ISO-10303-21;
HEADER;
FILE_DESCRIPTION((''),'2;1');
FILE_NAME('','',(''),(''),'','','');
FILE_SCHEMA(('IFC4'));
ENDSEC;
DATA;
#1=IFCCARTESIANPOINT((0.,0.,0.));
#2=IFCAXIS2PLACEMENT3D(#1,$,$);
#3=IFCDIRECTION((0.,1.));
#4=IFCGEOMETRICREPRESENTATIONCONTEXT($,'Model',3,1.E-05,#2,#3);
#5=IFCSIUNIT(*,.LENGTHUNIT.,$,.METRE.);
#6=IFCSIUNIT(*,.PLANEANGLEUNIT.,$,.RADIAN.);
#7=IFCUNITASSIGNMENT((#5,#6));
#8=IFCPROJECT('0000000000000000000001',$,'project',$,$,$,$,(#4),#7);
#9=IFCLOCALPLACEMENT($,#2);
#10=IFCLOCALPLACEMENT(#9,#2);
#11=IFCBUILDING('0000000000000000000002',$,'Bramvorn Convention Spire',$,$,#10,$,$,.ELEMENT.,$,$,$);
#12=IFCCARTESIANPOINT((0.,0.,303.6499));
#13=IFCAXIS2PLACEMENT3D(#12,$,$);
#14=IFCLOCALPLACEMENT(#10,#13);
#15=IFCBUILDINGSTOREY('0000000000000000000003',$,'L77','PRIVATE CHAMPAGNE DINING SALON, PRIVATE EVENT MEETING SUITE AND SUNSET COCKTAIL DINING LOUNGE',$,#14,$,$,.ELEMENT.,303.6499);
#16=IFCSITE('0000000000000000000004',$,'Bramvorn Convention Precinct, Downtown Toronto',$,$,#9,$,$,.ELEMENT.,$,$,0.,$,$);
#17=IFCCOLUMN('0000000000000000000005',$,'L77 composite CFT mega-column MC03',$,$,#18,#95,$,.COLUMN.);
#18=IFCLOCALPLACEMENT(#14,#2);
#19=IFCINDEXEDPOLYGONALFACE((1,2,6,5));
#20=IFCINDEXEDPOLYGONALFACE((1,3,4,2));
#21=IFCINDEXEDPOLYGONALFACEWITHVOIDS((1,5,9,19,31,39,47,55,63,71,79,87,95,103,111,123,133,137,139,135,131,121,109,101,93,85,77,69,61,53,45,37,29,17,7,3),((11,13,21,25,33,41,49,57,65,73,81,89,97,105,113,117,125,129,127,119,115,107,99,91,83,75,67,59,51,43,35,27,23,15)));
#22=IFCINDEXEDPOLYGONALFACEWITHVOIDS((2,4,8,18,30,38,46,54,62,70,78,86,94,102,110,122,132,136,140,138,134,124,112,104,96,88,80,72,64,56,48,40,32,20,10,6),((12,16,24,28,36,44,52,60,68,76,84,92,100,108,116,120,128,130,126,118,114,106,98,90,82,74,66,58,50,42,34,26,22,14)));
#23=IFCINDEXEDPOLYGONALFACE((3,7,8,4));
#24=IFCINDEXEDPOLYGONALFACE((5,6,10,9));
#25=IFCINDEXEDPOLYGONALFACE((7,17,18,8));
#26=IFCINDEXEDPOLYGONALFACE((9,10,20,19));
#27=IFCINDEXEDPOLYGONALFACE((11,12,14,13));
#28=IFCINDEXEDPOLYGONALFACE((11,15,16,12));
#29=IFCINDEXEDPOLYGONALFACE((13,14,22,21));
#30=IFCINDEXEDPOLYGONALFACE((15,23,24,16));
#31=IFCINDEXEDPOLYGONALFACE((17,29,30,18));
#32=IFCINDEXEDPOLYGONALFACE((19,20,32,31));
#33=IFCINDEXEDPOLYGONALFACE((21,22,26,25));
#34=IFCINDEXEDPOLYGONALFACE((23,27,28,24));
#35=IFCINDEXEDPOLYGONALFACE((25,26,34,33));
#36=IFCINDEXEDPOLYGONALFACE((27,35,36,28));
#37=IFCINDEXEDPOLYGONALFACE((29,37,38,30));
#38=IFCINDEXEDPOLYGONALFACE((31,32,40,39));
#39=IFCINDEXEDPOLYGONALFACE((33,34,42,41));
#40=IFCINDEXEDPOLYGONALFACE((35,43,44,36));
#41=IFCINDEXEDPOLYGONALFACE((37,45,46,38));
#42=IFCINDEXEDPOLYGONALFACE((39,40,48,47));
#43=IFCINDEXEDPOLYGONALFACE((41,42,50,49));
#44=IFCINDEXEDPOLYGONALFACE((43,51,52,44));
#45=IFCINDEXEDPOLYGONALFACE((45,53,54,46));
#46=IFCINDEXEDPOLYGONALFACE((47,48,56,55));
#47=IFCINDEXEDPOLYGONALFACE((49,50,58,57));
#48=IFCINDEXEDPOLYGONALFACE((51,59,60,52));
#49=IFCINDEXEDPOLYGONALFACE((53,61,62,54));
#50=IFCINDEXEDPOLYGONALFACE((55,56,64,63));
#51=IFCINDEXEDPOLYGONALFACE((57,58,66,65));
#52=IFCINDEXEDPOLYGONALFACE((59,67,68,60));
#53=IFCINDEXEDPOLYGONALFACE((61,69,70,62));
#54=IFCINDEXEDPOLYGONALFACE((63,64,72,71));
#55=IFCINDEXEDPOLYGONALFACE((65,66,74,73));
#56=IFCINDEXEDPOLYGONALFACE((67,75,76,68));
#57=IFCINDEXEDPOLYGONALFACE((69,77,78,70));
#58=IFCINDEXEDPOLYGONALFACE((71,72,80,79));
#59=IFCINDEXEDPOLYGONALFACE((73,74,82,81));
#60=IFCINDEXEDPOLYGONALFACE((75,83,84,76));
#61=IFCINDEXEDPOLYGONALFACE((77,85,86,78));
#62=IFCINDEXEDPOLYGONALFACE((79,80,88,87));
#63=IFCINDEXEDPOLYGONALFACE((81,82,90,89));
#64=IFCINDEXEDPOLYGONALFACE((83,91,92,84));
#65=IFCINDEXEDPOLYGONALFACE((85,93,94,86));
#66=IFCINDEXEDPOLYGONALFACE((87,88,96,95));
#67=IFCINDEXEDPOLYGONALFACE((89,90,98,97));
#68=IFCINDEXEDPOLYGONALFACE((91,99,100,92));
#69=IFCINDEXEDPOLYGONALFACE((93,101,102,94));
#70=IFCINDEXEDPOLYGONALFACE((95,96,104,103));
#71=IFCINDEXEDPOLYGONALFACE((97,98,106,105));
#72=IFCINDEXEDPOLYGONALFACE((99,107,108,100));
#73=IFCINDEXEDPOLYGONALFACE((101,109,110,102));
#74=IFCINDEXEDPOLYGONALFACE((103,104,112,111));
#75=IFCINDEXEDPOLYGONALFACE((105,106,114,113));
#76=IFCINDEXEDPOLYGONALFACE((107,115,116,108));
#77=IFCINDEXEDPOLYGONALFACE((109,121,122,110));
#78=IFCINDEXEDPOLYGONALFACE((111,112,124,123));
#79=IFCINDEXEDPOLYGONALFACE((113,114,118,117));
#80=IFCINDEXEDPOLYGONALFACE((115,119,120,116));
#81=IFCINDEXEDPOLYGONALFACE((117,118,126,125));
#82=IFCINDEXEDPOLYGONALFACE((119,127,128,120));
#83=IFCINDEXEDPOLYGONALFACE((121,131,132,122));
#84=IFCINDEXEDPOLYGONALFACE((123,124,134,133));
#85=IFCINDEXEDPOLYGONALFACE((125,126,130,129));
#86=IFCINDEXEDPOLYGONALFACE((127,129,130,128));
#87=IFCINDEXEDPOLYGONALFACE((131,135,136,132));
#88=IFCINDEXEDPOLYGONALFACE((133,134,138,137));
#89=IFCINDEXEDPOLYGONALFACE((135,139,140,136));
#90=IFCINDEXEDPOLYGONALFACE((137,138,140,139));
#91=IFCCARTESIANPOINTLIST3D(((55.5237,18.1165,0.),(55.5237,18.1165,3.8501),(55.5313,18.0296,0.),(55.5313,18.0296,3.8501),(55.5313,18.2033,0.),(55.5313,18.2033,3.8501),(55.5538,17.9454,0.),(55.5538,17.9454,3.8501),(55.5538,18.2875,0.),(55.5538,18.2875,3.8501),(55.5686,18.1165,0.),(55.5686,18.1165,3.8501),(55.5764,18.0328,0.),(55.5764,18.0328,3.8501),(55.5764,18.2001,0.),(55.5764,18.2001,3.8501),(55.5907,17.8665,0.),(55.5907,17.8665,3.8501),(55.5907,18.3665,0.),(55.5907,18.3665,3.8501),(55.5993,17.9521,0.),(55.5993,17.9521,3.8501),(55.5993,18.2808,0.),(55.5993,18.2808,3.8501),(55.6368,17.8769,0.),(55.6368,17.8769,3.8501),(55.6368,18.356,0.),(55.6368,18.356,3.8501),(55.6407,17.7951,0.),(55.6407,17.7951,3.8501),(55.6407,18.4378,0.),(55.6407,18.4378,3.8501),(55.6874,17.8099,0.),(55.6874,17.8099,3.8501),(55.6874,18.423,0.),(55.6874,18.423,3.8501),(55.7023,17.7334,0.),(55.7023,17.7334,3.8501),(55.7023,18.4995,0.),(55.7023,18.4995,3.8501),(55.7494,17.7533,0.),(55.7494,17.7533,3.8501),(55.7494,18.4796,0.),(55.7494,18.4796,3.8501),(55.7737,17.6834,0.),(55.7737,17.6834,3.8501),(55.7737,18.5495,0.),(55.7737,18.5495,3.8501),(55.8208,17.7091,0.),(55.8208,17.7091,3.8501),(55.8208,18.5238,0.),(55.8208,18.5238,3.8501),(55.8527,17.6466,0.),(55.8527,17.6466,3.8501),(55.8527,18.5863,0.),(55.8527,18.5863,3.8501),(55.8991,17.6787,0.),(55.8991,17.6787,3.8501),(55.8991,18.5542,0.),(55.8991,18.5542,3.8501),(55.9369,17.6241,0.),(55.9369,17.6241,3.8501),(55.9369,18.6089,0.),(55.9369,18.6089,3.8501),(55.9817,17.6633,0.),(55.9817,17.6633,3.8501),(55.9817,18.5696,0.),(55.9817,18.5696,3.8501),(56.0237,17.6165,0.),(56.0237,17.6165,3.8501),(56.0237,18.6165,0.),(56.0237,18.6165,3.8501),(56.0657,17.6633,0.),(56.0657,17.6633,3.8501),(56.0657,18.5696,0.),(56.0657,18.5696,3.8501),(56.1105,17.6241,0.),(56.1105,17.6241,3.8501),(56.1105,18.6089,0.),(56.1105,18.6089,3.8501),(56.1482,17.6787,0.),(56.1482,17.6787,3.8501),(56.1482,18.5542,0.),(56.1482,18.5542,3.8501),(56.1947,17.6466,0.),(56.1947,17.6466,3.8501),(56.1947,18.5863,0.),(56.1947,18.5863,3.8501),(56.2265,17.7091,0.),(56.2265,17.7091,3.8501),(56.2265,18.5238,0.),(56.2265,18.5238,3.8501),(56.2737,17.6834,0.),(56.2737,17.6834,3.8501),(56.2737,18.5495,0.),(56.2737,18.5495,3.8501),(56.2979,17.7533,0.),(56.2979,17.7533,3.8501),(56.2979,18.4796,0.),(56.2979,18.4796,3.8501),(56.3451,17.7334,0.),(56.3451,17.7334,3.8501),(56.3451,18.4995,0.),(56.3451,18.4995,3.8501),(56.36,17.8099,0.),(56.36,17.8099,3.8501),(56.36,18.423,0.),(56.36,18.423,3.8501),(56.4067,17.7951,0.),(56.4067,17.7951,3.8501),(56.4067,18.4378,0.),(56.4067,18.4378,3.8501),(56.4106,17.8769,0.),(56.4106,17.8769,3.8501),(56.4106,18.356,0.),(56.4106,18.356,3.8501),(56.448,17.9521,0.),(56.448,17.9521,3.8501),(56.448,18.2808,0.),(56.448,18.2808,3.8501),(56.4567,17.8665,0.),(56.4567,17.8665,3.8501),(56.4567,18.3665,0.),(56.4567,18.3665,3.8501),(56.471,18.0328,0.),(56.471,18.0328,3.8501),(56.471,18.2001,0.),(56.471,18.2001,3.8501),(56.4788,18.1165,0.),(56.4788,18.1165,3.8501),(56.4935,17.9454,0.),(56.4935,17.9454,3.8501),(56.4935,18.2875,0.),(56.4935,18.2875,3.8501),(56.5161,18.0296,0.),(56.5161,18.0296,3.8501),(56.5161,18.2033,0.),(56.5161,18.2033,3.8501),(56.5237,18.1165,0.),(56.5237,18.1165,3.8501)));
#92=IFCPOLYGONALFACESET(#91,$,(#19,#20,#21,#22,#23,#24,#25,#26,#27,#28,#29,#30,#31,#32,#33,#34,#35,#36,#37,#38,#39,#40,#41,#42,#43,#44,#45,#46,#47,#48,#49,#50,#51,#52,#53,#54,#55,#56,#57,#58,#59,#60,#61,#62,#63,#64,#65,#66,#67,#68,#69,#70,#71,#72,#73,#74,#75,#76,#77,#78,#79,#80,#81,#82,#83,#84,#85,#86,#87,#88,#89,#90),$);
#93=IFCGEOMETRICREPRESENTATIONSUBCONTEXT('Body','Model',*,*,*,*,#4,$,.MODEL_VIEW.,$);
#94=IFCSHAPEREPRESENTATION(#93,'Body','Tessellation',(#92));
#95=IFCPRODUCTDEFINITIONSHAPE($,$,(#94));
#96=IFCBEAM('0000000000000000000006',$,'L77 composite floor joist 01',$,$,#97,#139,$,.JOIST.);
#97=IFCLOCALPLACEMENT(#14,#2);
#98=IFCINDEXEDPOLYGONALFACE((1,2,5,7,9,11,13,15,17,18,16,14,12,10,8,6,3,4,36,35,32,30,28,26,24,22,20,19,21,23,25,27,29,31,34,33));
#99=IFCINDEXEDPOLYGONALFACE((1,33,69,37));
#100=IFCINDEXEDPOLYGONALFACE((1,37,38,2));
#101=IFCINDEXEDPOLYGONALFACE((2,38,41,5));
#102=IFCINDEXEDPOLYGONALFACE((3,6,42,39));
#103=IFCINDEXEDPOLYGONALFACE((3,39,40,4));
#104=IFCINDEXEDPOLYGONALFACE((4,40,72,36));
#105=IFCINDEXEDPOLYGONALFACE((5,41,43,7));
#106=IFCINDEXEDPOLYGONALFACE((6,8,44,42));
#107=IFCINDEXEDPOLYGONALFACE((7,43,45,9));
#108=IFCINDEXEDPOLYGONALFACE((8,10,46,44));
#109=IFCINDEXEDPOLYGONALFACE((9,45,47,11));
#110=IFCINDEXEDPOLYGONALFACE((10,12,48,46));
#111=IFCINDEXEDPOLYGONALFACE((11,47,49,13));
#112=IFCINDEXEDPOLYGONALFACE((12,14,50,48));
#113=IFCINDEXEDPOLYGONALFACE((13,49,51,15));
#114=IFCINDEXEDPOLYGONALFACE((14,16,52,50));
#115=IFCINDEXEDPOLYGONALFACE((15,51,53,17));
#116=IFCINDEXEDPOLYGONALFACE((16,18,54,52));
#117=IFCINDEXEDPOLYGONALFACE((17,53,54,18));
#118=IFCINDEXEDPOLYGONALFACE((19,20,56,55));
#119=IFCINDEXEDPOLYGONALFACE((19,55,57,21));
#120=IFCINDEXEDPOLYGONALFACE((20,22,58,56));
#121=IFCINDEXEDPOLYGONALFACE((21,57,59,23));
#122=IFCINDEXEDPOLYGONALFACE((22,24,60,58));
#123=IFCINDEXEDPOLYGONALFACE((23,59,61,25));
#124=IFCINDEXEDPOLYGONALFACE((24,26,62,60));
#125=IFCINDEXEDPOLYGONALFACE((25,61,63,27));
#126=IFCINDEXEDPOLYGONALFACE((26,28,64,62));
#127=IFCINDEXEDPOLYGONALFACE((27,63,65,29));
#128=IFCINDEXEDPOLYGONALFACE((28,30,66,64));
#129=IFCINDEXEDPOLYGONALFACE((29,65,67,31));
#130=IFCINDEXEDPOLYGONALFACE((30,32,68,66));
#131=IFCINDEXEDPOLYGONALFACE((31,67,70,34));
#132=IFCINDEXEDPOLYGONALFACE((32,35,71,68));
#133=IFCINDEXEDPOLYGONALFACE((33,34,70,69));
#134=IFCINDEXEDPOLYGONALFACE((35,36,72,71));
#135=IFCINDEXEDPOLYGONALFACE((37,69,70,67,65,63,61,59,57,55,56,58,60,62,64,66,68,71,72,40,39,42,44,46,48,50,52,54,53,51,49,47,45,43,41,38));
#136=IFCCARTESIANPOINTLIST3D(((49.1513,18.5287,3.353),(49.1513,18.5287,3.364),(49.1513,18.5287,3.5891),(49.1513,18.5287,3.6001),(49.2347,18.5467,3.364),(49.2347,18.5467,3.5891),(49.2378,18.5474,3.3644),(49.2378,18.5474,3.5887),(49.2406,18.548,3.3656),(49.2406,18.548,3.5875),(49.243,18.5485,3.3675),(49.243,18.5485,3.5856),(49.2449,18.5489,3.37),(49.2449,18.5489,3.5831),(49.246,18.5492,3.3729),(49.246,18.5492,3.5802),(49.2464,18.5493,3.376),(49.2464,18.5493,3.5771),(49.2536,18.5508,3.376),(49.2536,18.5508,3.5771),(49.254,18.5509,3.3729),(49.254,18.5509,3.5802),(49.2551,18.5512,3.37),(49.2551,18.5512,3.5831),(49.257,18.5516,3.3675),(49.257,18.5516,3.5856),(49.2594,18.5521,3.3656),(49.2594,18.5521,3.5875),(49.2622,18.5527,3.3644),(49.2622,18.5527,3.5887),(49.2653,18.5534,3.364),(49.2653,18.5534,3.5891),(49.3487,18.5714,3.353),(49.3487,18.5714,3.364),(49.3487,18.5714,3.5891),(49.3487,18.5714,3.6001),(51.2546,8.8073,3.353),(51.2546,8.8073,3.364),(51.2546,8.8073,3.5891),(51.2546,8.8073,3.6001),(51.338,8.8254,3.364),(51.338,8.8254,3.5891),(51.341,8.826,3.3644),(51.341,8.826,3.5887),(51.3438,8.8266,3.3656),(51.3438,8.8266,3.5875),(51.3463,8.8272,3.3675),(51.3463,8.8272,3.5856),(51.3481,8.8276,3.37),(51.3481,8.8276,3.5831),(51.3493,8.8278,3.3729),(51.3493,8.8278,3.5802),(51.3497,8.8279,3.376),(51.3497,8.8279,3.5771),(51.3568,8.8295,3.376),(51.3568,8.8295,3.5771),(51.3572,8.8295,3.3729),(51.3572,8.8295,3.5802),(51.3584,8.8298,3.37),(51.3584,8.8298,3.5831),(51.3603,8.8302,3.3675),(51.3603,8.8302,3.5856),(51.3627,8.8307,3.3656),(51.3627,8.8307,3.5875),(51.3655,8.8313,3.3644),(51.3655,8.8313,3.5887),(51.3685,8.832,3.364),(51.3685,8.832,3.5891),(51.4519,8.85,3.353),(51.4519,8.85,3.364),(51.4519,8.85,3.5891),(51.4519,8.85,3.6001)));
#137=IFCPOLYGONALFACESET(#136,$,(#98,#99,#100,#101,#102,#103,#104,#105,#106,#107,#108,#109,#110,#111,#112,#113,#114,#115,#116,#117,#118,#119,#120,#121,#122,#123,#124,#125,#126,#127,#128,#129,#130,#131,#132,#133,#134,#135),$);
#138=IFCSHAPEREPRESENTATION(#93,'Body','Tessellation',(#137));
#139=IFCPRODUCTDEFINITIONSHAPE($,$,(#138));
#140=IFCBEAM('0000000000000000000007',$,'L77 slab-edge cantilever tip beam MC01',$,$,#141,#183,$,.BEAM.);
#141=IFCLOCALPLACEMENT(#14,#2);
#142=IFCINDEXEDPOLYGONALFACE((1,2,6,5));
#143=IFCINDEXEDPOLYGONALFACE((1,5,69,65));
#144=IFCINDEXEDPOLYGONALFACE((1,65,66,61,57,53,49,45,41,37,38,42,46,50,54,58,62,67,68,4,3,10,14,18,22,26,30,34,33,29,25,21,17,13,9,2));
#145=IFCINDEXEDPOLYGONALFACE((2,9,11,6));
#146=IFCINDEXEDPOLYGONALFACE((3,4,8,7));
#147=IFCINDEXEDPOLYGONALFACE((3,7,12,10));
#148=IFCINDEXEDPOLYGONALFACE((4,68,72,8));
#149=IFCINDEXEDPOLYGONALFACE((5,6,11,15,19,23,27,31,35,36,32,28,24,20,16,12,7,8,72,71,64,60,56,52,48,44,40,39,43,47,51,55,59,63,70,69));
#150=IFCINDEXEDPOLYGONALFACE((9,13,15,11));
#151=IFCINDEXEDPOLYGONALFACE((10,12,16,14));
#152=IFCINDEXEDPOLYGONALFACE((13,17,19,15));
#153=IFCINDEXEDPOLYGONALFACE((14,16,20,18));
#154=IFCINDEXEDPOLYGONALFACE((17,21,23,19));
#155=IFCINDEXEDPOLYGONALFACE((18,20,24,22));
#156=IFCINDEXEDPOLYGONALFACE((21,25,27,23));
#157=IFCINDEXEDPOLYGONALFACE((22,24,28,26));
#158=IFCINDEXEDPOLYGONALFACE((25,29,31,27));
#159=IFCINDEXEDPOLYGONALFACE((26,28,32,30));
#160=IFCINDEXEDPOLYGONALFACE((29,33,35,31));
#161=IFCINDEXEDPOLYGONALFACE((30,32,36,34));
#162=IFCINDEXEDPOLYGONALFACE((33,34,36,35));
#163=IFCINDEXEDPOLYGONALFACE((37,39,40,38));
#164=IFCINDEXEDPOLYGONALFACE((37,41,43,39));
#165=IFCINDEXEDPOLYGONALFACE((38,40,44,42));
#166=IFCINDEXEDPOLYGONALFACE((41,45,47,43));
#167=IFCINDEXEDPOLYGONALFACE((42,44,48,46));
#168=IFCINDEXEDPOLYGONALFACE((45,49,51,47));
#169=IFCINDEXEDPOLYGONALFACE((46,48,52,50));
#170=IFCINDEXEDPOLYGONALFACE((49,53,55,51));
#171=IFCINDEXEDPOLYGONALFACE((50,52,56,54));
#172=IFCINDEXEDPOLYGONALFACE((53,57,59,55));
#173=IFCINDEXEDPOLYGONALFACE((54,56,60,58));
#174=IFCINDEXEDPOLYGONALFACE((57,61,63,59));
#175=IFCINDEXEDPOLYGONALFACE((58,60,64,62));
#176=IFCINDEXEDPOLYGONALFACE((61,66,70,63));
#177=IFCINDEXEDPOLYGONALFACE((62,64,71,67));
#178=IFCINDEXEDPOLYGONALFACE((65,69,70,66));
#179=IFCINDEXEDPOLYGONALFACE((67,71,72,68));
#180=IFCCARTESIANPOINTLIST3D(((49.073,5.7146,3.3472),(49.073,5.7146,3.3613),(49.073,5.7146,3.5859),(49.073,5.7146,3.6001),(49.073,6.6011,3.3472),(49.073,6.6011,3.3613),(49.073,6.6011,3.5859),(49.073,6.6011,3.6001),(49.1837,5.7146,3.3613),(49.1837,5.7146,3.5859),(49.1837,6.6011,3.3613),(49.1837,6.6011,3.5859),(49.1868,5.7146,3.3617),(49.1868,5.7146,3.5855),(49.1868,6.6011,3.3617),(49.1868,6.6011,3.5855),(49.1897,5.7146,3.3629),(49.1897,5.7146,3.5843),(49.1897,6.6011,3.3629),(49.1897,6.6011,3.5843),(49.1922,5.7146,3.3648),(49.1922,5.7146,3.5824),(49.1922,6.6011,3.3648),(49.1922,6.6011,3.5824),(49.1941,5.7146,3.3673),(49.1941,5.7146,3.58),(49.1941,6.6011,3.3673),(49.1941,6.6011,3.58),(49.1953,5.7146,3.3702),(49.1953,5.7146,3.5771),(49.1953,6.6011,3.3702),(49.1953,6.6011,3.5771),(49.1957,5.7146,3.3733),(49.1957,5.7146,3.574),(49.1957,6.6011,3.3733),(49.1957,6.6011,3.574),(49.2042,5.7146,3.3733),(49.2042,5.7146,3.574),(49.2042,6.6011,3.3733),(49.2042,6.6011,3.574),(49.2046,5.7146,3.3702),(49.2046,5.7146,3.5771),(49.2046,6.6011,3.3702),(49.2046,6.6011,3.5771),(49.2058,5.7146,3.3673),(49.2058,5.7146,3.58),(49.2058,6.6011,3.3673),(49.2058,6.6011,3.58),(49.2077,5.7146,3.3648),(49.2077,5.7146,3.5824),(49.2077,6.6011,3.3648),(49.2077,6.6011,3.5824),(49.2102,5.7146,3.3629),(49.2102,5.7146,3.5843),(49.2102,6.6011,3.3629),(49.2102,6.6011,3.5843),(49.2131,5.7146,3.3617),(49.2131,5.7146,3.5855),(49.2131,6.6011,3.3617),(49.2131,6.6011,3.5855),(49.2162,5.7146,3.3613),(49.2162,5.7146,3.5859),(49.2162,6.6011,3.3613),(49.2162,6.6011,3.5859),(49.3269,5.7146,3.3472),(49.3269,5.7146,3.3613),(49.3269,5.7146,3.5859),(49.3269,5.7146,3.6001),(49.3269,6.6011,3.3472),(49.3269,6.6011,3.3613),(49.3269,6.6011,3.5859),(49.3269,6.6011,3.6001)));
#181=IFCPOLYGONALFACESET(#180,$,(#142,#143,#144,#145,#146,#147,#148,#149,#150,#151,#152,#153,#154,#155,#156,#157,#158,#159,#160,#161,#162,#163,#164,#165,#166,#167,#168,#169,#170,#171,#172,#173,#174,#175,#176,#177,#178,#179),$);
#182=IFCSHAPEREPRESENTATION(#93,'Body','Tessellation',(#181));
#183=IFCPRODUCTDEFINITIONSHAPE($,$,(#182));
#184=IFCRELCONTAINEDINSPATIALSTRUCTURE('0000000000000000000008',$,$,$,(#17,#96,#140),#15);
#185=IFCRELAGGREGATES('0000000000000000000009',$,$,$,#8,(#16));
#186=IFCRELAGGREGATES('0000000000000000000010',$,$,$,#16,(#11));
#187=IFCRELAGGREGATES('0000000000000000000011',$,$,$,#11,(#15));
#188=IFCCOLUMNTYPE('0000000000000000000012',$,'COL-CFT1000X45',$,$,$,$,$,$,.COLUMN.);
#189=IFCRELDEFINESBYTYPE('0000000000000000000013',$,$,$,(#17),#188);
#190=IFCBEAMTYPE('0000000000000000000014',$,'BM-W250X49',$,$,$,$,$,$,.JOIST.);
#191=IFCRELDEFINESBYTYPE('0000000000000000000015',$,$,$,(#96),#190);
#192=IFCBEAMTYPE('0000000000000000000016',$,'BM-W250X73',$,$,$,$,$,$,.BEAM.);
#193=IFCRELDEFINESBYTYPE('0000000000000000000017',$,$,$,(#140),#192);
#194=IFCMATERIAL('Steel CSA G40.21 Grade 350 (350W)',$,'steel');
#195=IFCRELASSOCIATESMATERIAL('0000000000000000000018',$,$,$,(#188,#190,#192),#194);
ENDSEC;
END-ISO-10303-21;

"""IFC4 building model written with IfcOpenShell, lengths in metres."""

from ifc_helpers import new_model, si_unit, direction, frame, origin, origin_2d, place, context, subcontext, project, spatial, hollow_circle, i_section, extrude, material, material_profile, profile_set, type_object, element, save


model = new_model("IFC4")

# Units and contexts
model_context = context("Model", 3, precision=1e-05, world=origin(), true_north=direction((0.0, 1.0)))
body_context = subcontext(model_context, "Body", "Model", "MODEL_VIEW")
ifc_project = project(units=[si_unit("LENGTHUNIT", "METRE"), si_unit("PLANEANGLEUNIT", "RADIAN")], contexts=[model_context])

# Site, building, storey
site_placement = place(None, origin())
site = spatial("IfcSite", under=ifc_project, at=site_placement, Name="Bramvorn Convention Precinct, Downtown Toronto", CompositionType="ELEMENT", RefElevation=0.0)
building_placement = place(site_placement, origin())
building = spatial("IfcBuilding", under=site, at=building_placement, Name="Bramvorn Convention Spire", CompositionType="ELEMENT")
storey_placement = place(building_placement, frame((0.0, 0.0, 303.6499)))
storey = spatial("IfcBuildingStorey", under=building, at=storey_placement, Name="L77", Description="PRIVATE CHAMPAGNE DINING SALON, PRIVATE EVENT MEETING SUITE AND SUNSET COCKTAIL DINING LOUNGE", CompositionType="ELEMENT", Elevation=303.6499)

# Column
ifc_material_1 = material(Name="Steel CSA G40.21 Grade 350 (350W)", Category="steel")
ifc_material_profile_1 = material_profile(ifc_material_1, hollow_circle(Radius=0.5, WallThickness=0.0449, at=origin_2d()))
ifc_profile_set_1 = profile_set([ifc_material_profile_1], Name="Steel CSA G40.21 Grade 350 (350W) - CFT1000X45")
column_type = type_object("IfcColumnType", Name="COL-CFT1000X45", PredefinedType="COLUMN", material=ifc_profile_set_1)
for number, where, z_axis, x_axis, name in (
    (1, (56.0237, 18.1165, 0.0), (0.0, 0.0, 1.0), (1.0, 0.0, 0.0), "L77 composite CFT mega-column MC03"),
):
    element("IfcColumn", number, at=place(storey_placement, frame(where, z_axis=z_axis, x_axis=x_axis)), inside=storey, type_object=column_type, Name=name, PredefinedType="COLUMN", context=body_context, shape_type="SweptSolid", body=[
        extrude(hollow_circle(Radius=0.5, WallThickness=0.0449, at=origin_2d()), origin(), (0.0, 0.0, 1.0), 3.8501),
    ])

# Beams
ifc_material_profile_2 = material_profile(ifc_material_1, i_section(OverallWidth=0.2019, OverallDepth=0.2471, WebThickness=0.0073, FlangeThickness=0.011, FilletRadius=0.012, at=origin_2d()))
ifc_profile_set_2 = profile_set([ifc_material_profile_2], Name="Steel CSA G40.21 Grade 350 (350W) - W250X49")
beam_type_1 = type_object("IfcBeamType", Name="BM-W250X49", PredefinedType="JOIST", material=ifc_profile_set_2)
beam_1_placement = place(storey_placement, frame((49.25, 18.55, 3.4766), z_axis=(0.211461, -0.977386, 0.0), x_axis=(0.977386, 0.211461, 0.0)))
element("IfcBeam", 2, at=beam_1_placement, inside=storey, type_object=beam_type_1, Name="L77 composite floor joist 01", PredefinedType="JOIST", context=body_context, shape_type="SweptSolid", body=[
    extrude(i_section(OverallWidth=0.2019, OverallDepth=0.2471, WebThickness=0.0073, FlangeThickness=0.011, FilletRadius=0.012, at=origin_2d()), origin(), (0.0, 0.0, 1.0), 9.9463),
])
ifc_material_profile_3 = material_profile(ifc_material_1, i_section(OverallWidth=0.2539, OverallDepth=0.2529, WebThickness=0.0085, FlangeThickness=0.0142, FilletRadius=0.012, at=origin_2d()))
ifc_profile_set_3 = profile_set([ifc_material_profile_3], Name="Steel CSA G40.21 Grade 350 (350W) - W250X73")
beam_type_2 = type_object("IfcBeamType", Name="BM-W250X73", PredefinedType="BEAM", material=ifc_profile_set_3)
beam_2_placement = place(storey_placement, frame((49.2, 6.6011, 3.4736), z_axis=(0.0, -1.0, 0.0), x_axis=(1.0, 0.0, 0.0)))
element("IfcBeam", 3, at=beam_2_placement, inside=storey, type_object=beam_type_2, Name="L77 slab-edge cantilever tip beam MC01", PredefinedType="BEAM", context=body_context, shape_type="SweptSolid", body=[
    extrude(i_section(OverallWidth=0.2539, OverallDepth=0.2529, WebThickness=0.0085, FlangeThickness=0.0142, FilletRadius=0.012, at=origin_2d()), origin(), (0.0, 0.0, 1.0), 0.8865),
])

save(model, "model.ifc")
